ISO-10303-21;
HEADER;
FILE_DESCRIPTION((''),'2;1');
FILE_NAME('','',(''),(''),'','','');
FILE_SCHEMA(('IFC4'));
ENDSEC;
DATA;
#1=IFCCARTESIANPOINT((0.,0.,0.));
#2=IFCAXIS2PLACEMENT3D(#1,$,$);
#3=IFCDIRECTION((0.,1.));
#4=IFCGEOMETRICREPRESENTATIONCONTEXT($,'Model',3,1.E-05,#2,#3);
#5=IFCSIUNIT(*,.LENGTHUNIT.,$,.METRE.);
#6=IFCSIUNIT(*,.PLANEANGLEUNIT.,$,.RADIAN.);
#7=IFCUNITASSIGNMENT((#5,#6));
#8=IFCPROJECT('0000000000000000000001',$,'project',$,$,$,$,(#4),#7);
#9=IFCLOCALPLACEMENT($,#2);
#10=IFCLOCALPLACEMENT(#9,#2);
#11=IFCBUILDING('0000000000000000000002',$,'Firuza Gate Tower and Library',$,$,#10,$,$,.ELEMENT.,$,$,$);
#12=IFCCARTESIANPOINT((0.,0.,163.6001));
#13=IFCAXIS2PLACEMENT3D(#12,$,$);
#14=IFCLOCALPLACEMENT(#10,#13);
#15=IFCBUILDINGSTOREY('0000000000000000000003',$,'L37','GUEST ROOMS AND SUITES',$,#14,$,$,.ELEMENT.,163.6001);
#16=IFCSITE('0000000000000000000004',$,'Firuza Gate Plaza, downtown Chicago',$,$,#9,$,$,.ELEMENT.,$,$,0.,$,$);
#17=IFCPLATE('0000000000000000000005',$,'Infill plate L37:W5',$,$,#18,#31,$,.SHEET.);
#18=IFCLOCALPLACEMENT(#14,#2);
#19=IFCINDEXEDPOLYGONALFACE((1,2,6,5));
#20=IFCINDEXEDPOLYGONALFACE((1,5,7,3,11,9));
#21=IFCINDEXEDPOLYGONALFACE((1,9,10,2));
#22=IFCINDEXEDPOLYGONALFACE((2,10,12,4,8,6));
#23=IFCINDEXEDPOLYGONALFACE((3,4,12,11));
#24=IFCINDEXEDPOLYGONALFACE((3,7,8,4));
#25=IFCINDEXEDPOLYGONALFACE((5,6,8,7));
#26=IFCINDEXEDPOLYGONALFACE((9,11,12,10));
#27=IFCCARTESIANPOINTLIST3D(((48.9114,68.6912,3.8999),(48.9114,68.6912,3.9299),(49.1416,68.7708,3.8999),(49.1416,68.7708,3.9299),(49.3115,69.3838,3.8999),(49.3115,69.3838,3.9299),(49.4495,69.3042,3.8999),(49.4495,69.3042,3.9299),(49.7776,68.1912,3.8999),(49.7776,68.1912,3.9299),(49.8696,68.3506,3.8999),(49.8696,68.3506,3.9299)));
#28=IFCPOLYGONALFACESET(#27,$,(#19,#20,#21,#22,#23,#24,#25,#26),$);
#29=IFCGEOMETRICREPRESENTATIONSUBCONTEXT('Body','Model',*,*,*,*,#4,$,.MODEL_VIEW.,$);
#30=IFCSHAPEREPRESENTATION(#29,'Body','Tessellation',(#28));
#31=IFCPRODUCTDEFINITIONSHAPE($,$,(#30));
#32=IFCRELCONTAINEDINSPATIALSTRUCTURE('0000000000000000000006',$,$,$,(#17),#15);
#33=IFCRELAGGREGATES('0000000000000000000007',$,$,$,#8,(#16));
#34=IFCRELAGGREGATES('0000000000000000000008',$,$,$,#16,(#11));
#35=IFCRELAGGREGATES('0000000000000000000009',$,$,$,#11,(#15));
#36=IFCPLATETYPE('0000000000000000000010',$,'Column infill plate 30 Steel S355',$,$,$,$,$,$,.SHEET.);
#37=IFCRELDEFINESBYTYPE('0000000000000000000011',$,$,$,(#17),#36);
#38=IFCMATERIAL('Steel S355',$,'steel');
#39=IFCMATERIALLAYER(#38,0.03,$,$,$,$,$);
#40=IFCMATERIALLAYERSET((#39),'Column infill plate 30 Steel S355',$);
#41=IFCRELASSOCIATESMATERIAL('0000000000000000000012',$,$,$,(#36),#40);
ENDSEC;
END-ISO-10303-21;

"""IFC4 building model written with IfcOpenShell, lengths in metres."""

from ifc_helpers import new_model, si_unit, direction, frame, origin, place, context, subcontext, project, spatial, polyline, outline, extrude, material, layer, layer_set, type_object, element, save


model = new_model("IFC4")

# Units and contexts
model_context = context("Model", 3, precision=1e-05, world=origin(), true_north=direction((0.0, 1.0)))
body_context = subcontext(model_context, "Body", "Model", "MODEL_VIEW")
ifc_project = project(units=[si_unit("LENGTHUNIT", "METRE"), si_unit("PLANEANGLEUNIT", "RADIAN")], contexts=[model_context])

# Site, building, storey
site_placement = place(None, origin())
site = spatial("IfcSite", under=ifc_project, at=site_placement, Name="Firuza Gate Plaza, downtown Chicago", CompositionType="ELEMENT", RefElevation=0.0)
building_placement = place(site_placement, origin())
building = spatial("IfcBuilding", under=site, at=building_placement, Name="Firuza Gate Tower and Library", CompositionType="ELEMENT")
storey_placement = place(building_placement, frame((0.0, 0.0, 163.6001)))
storey = spatial("IfcBuildingStorey", under=building, at=storey_placement, Name="L37", Description="GUEST ROOMS AND SUITES", CompositionType="ELEMENT", Elevation=163.6001)

# Plate
ifc_material_1 = material(Name="Steel S355", Category="steel")
ifc_layer_1 = layer(ifc_material_1, 0.03)
ifc_layer_set_1 = layer_set([ifc_layer_1], Name="Column infill plate 30 Steel S355")
plate_type_1 = type_object("IfcPlateType", Name="Column infill plate 30 Steel S355", PredefinedType="SHEET", material=ifc_layer_set_1)
placement_1 = place(storey_placement, frame((0.0, 0.0, 3.8999)))
element("IfcPlate", 1, at=placement_1, inside=storey, type_object=plate_type_1, Name="Infill plate L37:W5", PredefinedType="SHEET", context=body_context, shape_type="SweptSolid", body=[
    extrude(outline(polyline([(49.7776, 68.1912), (49.8696, 68.3506), (49.1416, 68.7708), (49.4495, 69.3042), (49.3115, 69.3838), (48.9114, 68.6912), (49.7776, 68.1912)])), origin(), (0.0, 0.0, 1.0), 0.03),
])

save(model, "model.ifc")
